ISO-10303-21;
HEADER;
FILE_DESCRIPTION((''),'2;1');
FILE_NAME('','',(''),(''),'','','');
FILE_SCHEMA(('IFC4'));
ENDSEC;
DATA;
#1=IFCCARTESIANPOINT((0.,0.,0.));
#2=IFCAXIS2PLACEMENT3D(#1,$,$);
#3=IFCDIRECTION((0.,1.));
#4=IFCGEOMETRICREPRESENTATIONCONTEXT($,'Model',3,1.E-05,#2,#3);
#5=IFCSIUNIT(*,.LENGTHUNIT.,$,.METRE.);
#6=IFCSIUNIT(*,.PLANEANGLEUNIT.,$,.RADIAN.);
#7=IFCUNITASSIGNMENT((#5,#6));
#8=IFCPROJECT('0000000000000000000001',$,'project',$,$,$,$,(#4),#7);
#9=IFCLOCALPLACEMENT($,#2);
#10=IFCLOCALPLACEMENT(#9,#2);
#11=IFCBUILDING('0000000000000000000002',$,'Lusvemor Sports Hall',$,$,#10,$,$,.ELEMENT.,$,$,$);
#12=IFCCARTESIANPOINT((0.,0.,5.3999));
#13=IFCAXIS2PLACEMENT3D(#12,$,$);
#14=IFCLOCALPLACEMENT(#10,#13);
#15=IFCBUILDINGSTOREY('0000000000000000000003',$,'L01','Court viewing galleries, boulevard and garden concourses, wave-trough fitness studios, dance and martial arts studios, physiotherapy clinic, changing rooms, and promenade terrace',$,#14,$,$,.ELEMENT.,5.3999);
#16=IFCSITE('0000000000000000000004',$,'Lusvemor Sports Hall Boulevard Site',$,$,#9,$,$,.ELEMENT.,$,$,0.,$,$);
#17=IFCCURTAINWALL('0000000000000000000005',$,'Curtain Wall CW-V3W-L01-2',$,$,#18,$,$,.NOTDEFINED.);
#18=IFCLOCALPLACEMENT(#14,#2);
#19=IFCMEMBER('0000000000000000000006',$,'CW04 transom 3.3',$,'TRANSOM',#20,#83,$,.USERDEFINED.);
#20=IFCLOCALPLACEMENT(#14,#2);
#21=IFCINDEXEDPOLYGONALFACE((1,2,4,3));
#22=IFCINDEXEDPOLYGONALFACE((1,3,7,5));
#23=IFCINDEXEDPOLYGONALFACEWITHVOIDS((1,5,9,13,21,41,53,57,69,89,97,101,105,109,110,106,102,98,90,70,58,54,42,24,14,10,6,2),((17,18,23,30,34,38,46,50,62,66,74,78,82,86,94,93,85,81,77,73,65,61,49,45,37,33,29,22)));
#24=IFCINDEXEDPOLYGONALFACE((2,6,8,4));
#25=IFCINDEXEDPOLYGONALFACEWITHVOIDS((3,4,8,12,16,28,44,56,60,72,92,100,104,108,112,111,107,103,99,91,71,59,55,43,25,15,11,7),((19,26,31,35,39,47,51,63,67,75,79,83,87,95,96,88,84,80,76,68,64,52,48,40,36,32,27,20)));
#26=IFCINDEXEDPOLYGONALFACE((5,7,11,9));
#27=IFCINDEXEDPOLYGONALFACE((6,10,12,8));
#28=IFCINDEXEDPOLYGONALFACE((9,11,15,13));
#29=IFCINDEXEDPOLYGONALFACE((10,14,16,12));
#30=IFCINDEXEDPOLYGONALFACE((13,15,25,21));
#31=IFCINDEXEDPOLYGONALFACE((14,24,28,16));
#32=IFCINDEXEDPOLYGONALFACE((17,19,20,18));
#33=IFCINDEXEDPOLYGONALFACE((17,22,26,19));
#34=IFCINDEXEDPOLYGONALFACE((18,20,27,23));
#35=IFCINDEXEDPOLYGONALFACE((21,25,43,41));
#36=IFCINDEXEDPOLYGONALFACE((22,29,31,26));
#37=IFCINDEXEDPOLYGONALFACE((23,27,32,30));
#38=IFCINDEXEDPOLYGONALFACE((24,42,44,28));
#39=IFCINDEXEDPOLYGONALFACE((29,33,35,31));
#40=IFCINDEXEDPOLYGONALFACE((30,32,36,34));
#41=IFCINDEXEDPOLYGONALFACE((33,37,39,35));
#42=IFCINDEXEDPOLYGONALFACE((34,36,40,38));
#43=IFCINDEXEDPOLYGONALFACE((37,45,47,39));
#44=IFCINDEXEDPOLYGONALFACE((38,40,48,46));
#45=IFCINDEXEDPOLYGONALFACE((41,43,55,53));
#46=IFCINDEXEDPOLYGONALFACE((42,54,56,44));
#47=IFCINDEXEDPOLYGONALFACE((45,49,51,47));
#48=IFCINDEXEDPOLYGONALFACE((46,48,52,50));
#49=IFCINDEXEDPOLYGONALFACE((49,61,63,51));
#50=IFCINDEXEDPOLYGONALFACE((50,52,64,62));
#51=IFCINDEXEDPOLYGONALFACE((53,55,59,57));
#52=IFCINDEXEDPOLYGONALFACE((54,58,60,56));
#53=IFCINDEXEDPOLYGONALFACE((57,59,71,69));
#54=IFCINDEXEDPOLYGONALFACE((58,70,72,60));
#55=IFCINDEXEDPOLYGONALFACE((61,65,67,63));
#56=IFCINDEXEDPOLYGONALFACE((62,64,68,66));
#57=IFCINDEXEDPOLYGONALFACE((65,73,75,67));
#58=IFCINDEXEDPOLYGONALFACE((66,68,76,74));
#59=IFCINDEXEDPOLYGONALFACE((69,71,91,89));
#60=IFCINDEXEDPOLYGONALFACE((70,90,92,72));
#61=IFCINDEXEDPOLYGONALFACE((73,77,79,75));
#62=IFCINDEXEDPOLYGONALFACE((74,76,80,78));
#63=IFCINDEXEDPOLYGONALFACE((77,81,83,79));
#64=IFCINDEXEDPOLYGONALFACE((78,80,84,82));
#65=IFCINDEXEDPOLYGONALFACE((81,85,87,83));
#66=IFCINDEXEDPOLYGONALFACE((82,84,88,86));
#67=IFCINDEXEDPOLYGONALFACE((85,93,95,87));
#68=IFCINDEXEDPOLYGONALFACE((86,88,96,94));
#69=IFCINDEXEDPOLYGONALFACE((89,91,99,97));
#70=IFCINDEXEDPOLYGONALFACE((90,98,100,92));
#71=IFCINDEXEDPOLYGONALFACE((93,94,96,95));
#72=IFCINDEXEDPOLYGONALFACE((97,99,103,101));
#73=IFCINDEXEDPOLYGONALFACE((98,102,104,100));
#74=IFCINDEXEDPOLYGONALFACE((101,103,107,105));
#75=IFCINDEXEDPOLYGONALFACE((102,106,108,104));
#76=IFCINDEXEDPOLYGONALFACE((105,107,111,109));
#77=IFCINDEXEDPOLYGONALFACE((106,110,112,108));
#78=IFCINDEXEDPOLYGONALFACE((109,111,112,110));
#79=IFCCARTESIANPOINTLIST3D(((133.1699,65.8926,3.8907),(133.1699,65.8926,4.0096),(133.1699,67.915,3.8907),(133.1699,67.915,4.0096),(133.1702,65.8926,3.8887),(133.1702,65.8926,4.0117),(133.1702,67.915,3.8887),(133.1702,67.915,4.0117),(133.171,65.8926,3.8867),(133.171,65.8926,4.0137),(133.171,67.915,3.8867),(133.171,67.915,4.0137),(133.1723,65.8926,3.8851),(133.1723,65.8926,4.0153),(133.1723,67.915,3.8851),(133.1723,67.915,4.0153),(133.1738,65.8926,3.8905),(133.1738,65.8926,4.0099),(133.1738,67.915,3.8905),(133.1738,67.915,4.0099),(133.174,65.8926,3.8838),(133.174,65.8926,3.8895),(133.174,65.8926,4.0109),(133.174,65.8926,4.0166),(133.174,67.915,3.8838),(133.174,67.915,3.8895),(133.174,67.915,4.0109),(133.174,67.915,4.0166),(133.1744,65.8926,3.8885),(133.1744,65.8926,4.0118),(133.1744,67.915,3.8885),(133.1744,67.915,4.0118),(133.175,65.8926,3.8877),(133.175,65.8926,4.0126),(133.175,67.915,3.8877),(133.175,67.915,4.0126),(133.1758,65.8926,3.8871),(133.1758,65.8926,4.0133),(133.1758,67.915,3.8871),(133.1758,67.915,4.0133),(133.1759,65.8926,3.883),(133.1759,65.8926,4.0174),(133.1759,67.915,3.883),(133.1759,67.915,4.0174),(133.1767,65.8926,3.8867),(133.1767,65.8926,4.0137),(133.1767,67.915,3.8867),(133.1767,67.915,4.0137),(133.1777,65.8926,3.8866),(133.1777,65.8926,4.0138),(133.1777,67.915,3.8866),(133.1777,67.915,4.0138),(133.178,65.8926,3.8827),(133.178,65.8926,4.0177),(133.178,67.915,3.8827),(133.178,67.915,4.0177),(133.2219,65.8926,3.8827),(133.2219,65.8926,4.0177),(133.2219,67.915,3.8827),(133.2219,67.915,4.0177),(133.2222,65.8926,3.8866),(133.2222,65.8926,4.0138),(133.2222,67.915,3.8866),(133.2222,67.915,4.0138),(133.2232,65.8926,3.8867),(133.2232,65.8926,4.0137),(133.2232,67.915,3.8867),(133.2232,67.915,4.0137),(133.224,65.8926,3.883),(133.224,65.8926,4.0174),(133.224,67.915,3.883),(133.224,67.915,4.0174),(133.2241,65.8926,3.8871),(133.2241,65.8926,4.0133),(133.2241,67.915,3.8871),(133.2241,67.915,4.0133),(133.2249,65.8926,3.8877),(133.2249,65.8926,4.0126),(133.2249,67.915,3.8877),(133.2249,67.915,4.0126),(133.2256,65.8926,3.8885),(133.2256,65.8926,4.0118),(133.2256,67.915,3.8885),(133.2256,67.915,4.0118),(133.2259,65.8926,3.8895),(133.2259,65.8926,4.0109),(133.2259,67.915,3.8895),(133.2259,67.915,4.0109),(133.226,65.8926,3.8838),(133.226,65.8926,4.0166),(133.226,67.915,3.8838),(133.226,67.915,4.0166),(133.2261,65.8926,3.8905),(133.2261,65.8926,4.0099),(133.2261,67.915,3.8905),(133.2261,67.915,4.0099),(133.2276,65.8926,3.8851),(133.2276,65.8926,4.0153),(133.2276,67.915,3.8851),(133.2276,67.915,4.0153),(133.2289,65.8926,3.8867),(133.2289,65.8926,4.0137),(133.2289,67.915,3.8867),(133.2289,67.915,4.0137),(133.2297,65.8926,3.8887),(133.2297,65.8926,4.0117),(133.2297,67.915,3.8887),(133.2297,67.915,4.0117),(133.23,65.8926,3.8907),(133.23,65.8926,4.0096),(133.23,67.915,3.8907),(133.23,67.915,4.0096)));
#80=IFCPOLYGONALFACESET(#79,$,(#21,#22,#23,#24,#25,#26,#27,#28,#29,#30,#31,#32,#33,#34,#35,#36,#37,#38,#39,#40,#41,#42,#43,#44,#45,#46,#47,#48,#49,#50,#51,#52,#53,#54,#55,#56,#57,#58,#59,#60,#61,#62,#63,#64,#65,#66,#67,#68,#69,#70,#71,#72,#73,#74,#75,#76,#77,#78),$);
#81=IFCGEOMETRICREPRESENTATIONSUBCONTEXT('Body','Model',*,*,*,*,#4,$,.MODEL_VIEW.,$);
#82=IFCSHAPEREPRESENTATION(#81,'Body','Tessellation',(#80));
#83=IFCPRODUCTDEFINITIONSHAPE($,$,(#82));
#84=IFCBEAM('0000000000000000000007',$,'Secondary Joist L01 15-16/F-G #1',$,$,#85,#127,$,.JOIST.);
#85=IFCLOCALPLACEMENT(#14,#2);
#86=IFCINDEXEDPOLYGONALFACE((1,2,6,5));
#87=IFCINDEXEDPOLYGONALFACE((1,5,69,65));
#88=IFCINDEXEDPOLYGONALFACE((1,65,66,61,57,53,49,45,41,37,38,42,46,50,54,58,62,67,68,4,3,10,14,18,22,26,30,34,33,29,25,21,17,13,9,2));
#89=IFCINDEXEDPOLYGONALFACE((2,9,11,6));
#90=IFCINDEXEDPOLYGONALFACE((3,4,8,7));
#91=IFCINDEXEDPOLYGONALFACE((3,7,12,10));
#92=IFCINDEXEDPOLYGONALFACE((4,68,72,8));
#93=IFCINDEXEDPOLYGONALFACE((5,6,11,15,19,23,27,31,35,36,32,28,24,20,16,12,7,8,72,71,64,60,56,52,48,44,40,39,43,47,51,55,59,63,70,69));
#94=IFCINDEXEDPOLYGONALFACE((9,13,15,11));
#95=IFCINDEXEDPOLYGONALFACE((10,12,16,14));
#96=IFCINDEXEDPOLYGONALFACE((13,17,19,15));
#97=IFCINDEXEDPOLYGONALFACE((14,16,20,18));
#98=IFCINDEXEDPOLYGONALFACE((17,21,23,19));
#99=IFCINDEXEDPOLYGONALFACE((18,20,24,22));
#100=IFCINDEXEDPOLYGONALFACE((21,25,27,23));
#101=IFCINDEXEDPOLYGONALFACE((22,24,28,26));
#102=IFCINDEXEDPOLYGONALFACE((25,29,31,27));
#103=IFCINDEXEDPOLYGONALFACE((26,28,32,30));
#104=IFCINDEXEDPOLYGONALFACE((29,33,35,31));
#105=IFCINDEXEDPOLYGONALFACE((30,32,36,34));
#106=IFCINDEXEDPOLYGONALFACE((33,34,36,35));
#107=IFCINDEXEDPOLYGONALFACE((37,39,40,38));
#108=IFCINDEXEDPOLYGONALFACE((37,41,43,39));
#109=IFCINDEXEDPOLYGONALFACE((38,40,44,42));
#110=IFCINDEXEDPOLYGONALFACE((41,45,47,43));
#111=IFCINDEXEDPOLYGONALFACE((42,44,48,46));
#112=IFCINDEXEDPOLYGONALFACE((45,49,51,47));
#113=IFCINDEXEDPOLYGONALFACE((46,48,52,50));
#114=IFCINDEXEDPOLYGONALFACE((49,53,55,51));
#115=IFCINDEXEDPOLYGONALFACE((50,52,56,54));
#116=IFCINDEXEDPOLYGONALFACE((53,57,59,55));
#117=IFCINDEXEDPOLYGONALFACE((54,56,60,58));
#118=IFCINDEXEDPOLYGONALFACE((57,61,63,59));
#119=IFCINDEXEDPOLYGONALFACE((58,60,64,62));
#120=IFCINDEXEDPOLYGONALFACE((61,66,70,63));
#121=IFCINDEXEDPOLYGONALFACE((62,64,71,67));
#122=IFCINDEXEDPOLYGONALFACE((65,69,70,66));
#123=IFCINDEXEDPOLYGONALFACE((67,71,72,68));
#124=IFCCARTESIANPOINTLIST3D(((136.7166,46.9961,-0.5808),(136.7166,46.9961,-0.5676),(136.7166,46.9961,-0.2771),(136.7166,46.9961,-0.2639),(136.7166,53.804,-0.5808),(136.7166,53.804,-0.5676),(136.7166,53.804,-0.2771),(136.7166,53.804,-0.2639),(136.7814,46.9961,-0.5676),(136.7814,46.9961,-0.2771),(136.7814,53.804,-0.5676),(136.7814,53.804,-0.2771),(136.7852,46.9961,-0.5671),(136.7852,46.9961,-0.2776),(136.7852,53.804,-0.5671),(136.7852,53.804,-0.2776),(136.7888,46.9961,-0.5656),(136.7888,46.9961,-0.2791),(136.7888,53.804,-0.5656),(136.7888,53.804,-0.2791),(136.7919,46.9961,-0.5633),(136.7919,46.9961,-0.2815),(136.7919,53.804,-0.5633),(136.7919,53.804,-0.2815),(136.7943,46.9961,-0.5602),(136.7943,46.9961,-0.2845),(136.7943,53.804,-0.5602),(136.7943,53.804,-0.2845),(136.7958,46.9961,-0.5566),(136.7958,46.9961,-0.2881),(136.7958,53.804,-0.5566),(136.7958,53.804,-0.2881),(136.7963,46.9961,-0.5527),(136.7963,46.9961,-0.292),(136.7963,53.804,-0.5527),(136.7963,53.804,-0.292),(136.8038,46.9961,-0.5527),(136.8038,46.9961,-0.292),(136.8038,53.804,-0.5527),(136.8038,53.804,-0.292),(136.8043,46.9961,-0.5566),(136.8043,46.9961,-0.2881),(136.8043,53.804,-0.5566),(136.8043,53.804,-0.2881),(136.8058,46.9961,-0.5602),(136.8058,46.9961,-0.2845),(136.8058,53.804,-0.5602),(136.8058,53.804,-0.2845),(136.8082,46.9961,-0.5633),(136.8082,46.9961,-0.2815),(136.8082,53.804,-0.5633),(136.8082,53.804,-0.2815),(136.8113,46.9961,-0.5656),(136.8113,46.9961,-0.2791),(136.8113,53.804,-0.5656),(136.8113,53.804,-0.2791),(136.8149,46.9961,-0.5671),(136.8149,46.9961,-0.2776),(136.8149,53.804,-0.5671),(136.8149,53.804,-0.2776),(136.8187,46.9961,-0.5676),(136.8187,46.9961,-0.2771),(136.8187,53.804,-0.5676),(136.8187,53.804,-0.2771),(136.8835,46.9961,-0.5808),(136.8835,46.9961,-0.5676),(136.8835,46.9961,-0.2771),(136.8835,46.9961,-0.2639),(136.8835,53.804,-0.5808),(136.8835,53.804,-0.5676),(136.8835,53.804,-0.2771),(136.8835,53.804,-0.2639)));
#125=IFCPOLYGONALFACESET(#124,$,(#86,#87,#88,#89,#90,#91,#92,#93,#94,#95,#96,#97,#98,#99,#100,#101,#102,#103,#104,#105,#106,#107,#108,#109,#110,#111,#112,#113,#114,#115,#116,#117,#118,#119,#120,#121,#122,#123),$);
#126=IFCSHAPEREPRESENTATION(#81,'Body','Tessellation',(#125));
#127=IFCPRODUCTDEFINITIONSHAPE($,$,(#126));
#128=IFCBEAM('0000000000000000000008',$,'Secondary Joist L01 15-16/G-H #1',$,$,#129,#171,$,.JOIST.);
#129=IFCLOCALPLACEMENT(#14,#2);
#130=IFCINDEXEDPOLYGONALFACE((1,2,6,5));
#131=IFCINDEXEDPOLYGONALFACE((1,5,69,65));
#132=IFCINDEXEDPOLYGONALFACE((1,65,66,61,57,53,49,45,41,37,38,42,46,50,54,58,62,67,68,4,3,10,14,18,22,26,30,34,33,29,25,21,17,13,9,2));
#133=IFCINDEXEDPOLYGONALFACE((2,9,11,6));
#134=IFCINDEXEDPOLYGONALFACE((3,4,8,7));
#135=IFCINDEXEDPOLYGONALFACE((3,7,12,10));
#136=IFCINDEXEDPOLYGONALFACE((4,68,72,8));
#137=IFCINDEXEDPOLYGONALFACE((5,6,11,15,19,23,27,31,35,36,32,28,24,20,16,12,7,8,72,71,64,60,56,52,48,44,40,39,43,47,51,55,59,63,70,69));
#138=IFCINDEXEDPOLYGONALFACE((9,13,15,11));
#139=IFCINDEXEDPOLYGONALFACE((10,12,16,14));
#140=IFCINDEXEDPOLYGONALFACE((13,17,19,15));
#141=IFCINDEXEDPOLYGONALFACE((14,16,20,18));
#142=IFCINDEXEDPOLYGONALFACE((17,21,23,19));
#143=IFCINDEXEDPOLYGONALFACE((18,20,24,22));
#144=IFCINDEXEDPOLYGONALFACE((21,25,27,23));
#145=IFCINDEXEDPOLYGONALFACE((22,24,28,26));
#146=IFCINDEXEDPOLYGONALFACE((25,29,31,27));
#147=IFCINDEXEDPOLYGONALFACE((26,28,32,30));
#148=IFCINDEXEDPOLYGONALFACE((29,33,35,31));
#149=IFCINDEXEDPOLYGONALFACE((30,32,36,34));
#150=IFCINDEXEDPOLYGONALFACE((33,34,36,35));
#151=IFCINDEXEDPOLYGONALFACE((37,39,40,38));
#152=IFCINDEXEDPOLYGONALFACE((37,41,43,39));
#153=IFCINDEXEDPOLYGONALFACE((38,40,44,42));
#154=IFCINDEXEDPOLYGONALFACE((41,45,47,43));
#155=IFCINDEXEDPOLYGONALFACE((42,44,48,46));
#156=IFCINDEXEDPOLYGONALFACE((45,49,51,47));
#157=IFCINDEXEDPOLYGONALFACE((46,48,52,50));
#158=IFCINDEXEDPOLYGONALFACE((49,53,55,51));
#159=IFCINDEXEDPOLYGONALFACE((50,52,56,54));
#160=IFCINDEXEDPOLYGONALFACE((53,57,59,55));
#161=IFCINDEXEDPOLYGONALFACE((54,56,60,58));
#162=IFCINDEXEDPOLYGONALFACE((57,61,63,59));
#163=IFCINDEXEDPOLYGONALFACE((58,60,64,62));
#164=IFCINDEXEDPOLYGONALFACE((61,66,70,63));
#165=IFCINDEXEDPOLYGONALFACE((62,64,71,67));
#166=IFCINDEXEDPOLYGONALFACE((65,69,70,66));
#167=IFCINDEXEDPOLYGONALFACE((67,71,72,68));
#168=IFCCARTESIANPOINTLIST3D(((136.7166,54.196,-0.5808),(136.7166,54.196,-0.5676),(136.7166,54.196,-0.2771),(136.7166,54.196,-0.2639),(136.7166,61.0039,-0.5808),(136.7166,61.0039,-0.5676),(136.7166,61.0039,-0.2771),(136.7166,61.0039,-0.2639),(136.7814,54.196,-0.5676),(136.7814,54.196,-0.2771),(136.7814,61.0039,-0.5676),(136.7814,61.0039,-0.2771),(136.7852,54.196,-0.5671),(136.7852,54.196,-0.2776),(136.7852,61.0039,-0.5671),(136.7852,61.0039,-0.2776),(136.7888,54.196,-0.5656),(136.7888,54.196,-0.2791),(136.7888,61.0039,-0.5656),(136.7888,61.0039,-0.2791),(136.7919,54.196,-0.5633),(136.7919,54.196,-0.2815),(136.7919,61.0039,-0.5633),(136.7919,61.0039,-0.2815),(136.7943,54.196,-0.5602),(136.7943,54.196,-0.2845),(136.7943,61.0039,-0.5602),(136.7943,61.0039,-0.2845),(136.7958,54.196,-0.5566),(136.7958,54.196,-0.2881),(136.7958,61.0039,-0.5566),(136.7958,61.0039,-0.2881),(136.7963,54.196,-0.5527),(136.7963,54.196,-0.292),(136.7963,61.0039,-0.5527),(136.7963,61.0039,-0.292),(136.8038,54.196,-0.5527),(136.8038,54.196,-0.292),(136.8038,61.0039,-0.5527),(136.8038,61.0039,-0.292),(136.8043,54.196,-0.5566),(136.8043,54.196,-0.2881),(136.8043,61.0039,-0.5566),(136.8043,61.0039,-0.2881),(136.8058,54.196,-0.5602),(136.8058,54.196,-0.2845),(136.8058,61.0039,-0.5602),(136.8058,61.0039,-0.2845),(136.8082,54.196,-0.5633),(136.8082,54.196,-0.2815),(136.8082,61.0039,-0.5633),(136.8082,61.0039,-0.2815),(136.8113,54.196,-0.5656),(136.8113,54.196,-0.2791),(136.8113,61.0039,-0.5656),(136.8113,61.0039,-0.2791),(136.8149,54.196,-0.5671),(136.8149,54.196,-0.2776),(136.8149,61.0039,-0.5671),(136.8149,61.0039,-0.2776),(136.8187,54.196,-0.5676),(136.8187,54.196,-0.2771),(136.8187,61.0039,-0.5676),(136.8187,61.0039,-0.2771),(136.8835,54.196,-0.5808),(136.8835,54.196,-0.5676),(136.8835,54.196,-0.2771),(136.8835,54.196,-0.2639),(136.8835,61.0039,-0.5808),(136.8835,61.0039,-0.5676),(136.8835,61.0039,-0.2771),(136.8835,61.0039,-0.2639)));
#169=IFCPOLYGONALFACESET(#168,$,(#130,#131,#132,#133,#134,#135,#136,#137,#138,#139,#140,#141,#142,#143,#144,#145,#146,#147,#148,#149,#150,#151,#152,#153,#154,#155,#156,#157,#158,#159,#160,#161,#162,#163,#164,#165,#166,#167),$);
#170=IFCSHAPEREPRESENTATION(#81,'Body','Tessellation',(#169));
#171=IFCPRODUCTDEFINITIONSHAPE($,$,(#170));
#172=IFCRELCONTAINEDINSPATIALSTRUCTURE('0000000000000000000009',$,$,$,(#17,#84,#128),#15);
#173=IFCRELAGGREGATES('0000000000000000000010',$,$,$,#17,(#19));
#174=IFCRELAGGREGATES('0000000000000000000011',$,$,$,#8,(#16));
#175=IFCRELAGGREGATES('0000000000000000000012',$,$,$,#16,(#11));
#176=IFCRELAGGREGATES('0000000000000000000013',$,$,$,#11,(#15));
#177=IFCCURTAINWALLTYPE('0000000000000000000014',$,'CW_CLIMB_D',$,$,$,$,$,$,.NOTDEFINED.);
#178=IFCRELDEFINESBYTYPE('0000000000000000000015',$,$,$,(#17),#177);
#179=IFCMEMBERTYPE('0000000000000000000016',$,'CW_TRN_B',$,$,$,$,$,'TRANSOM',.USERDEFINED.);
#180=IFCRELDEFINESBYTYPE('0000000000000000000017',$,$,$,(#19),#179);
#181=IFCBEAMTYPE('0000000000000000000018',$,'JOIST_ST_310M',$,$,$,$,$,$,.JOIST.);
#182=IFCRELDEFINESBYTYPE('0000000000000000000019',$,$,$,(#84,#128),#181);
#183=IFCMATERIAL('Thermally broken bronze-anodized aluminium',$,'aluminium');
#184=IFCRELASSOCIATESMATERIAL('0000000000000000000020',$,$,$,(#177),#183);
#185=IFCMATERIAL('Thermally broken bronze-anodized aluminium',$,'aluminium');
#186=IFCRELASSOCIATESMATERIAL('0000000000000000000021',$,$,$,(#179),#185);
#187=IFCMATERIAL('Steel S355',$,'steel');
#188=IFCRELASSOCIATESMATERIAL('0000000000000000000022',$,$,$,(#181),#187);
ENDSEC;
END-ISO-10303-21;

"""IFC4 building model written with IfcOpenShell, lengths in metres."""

from ifc_helpers import new_model, si_unit, direction, frame, origin, origin_2d, place, context, subcontext, project, spatial, hollow_rectangle, i_section, extrude, material, material_profile, profile_set, type_object, element, aggregate, save


model = new_model("IFC4")

# Units and contexts
model_context = context("Model", 3, precision=1e-05, world=origin(), true_north=direction((0.0, 1.0)))
body_context = subcontext(model_context, "Body", "Model", "MODEL_VIEW")
ifc_project = project(units=[si_unit("LENGTHUNIT", "METRE"), si_unit("PLANEANGLEUNIT", "RADIAN")], contexts=[model_context])

# Site, building, storey
site_placement = place(None, origin())
site = spatial("IfcSite", under=ifc_project, at=site_placement, Name="Lusvemor Sports Hall Boulevard Site", CompositionType="ELEMENT", RefElevation=0.0)
building_placement = place(site_placement, origin())
building = spatial("IfcBuilding", under=site, at=building_placement, Name="Lusvemor Sports Hall", CompositionType="ELEMENT")
storey_placement = place(building_placement, frame((0.0, 0.0, 5.3999)))
storey = spatial("IfcBuildingStorey", under=building, at=storey_placement, Name="L01", Description="Court viewing galleries, boulevard and garden concourses, wave-trough fitness studios, dance and martial arts studios, physiotherapy clinic, changing rooms, and promenade terrace", CompositionType="ELEMENT", Elevation=5.3999)

# Shared definitions
ifc_material_1 = material(Name="Thermally broken bronze-anodized aluminium", Category="aluminium")
curtain_wall_type = type_object("IfcCurtainWallType", Name="CW_CLIMB_D", PredefinedType="NOTDEFINED", material=ifc_material_1)

# Curtain wall, member
curtain_wall_1_placement = place(storey_placement, origin())
curtain_wall_1 = element("IfcCurtainWall", 1, at=curtain_wall_1_placement, inside=storey, type_object=curtain_wall_type, Name="Curtain Wall CW-V3W-L01-2", PredefinedType="NOTDEFINED")
ifc_material_2 = material(Name="Thermally broken bronze-anodized aluminium", Category="aluminium")
ifc_material_profile_1 = material_profile(ifc_material_2, hollow_rectangle(XDim=0.0601, YDim=0.135, WallThickness=0.0039, InnerFilletRadius=0.0039, OuterFilletRadius=0.0081, at=origin_2d()), Name="CWTRN135x60x4")
ifc_profile_set_1 = profile_set([ifc_material_profile_1], Name="Thermally broken bronze-anodized aluminium")
member_type_1 = type_object("IfcMemberType", Name="CW_TRN_B", ElementType="TRANSOM", PredefinedType="USERDEFINED", material=ifc_profile_set_1)
member_1_placement = place(storey_placement, frame((133.2, 65.8926, 3.9502), z_axis=(0.0, 1.0, 0.0), x_axis=(-1.0, 0.0, 0.0)))
member_1 = element("IfcMember", 2, at=member_1_placement, type_object=member_type_1, Name="CW04 transom 3.3", ObjectType="TRANSOM", PredefinedType="USERDEFINED", context=body_context, shape_type="SweptSolid", body=[
    extrude(hollow_rectangle(XDim=0.0601, YDim=0.135, WallThickness=0.0039, InnerFilletRadius=0.0039, OuterFilletRadius=0.0081, at=origin_2d()), origin(), (0.0, 0.0, 1.0), 2.0225),
])

# Beams
ifc_material_3 = material(Name="Steel S355", Category="steel")
ifc_material_profile_2 = material_profile(ifc_material_3, i_section(OverallWidth=0.167, OverallDepth=0.3169, WebThickness=0.0076, FlangeThickness=0.0132, FilletRadius=0.0149, at=origin_2d()), Name="W310x52.0")
ifc_profile_set_2 = profile_set([ifc_material_profile_2], Name="Steel S355")
beam_type_1 = type_object("IfcBeamType", Name="JOIST_ST_310M", PredefinedType="JOIST", material=ifc_profile_set_2)
for number, where, z_axis, x_axis, name in (
    (3, (136.8, 46.9961, -0.4224), (0.0, 1.0, 0.0), (-1.0, 0.0, 0.0), "Secondary Joist L01 15-16/F-G #1"),
    (4, (136.8, 54.196, -0.4224), (0.0, 1.0, 0.0), (-1.0, 0.0, 0.0), "Secondary Joist L01 15-16/G-H #1"),
):
    element("IfcBeam", number, at=place(storey_placement, frame(where, z_axis=z_axis, x_axis=x_axis)), inside=storey, type_object=beam_type_1, Name=name, PredefinedType="JOIST", context=body_context, shape_type="SweptSolid", body=[
        extrude(i_section(OverallWidth=0.167, OverallDepth=0.3169, WebThickness=0.0076, FlangeThickness=0.0132, FilletRadius=0.0149, at=origin_2d()), origin(), (0.0, 0.0, 1.0), 6.8079),
    ])

aggregate(curtain_wall_1, [member_1])

save(model, "model.ifc")
